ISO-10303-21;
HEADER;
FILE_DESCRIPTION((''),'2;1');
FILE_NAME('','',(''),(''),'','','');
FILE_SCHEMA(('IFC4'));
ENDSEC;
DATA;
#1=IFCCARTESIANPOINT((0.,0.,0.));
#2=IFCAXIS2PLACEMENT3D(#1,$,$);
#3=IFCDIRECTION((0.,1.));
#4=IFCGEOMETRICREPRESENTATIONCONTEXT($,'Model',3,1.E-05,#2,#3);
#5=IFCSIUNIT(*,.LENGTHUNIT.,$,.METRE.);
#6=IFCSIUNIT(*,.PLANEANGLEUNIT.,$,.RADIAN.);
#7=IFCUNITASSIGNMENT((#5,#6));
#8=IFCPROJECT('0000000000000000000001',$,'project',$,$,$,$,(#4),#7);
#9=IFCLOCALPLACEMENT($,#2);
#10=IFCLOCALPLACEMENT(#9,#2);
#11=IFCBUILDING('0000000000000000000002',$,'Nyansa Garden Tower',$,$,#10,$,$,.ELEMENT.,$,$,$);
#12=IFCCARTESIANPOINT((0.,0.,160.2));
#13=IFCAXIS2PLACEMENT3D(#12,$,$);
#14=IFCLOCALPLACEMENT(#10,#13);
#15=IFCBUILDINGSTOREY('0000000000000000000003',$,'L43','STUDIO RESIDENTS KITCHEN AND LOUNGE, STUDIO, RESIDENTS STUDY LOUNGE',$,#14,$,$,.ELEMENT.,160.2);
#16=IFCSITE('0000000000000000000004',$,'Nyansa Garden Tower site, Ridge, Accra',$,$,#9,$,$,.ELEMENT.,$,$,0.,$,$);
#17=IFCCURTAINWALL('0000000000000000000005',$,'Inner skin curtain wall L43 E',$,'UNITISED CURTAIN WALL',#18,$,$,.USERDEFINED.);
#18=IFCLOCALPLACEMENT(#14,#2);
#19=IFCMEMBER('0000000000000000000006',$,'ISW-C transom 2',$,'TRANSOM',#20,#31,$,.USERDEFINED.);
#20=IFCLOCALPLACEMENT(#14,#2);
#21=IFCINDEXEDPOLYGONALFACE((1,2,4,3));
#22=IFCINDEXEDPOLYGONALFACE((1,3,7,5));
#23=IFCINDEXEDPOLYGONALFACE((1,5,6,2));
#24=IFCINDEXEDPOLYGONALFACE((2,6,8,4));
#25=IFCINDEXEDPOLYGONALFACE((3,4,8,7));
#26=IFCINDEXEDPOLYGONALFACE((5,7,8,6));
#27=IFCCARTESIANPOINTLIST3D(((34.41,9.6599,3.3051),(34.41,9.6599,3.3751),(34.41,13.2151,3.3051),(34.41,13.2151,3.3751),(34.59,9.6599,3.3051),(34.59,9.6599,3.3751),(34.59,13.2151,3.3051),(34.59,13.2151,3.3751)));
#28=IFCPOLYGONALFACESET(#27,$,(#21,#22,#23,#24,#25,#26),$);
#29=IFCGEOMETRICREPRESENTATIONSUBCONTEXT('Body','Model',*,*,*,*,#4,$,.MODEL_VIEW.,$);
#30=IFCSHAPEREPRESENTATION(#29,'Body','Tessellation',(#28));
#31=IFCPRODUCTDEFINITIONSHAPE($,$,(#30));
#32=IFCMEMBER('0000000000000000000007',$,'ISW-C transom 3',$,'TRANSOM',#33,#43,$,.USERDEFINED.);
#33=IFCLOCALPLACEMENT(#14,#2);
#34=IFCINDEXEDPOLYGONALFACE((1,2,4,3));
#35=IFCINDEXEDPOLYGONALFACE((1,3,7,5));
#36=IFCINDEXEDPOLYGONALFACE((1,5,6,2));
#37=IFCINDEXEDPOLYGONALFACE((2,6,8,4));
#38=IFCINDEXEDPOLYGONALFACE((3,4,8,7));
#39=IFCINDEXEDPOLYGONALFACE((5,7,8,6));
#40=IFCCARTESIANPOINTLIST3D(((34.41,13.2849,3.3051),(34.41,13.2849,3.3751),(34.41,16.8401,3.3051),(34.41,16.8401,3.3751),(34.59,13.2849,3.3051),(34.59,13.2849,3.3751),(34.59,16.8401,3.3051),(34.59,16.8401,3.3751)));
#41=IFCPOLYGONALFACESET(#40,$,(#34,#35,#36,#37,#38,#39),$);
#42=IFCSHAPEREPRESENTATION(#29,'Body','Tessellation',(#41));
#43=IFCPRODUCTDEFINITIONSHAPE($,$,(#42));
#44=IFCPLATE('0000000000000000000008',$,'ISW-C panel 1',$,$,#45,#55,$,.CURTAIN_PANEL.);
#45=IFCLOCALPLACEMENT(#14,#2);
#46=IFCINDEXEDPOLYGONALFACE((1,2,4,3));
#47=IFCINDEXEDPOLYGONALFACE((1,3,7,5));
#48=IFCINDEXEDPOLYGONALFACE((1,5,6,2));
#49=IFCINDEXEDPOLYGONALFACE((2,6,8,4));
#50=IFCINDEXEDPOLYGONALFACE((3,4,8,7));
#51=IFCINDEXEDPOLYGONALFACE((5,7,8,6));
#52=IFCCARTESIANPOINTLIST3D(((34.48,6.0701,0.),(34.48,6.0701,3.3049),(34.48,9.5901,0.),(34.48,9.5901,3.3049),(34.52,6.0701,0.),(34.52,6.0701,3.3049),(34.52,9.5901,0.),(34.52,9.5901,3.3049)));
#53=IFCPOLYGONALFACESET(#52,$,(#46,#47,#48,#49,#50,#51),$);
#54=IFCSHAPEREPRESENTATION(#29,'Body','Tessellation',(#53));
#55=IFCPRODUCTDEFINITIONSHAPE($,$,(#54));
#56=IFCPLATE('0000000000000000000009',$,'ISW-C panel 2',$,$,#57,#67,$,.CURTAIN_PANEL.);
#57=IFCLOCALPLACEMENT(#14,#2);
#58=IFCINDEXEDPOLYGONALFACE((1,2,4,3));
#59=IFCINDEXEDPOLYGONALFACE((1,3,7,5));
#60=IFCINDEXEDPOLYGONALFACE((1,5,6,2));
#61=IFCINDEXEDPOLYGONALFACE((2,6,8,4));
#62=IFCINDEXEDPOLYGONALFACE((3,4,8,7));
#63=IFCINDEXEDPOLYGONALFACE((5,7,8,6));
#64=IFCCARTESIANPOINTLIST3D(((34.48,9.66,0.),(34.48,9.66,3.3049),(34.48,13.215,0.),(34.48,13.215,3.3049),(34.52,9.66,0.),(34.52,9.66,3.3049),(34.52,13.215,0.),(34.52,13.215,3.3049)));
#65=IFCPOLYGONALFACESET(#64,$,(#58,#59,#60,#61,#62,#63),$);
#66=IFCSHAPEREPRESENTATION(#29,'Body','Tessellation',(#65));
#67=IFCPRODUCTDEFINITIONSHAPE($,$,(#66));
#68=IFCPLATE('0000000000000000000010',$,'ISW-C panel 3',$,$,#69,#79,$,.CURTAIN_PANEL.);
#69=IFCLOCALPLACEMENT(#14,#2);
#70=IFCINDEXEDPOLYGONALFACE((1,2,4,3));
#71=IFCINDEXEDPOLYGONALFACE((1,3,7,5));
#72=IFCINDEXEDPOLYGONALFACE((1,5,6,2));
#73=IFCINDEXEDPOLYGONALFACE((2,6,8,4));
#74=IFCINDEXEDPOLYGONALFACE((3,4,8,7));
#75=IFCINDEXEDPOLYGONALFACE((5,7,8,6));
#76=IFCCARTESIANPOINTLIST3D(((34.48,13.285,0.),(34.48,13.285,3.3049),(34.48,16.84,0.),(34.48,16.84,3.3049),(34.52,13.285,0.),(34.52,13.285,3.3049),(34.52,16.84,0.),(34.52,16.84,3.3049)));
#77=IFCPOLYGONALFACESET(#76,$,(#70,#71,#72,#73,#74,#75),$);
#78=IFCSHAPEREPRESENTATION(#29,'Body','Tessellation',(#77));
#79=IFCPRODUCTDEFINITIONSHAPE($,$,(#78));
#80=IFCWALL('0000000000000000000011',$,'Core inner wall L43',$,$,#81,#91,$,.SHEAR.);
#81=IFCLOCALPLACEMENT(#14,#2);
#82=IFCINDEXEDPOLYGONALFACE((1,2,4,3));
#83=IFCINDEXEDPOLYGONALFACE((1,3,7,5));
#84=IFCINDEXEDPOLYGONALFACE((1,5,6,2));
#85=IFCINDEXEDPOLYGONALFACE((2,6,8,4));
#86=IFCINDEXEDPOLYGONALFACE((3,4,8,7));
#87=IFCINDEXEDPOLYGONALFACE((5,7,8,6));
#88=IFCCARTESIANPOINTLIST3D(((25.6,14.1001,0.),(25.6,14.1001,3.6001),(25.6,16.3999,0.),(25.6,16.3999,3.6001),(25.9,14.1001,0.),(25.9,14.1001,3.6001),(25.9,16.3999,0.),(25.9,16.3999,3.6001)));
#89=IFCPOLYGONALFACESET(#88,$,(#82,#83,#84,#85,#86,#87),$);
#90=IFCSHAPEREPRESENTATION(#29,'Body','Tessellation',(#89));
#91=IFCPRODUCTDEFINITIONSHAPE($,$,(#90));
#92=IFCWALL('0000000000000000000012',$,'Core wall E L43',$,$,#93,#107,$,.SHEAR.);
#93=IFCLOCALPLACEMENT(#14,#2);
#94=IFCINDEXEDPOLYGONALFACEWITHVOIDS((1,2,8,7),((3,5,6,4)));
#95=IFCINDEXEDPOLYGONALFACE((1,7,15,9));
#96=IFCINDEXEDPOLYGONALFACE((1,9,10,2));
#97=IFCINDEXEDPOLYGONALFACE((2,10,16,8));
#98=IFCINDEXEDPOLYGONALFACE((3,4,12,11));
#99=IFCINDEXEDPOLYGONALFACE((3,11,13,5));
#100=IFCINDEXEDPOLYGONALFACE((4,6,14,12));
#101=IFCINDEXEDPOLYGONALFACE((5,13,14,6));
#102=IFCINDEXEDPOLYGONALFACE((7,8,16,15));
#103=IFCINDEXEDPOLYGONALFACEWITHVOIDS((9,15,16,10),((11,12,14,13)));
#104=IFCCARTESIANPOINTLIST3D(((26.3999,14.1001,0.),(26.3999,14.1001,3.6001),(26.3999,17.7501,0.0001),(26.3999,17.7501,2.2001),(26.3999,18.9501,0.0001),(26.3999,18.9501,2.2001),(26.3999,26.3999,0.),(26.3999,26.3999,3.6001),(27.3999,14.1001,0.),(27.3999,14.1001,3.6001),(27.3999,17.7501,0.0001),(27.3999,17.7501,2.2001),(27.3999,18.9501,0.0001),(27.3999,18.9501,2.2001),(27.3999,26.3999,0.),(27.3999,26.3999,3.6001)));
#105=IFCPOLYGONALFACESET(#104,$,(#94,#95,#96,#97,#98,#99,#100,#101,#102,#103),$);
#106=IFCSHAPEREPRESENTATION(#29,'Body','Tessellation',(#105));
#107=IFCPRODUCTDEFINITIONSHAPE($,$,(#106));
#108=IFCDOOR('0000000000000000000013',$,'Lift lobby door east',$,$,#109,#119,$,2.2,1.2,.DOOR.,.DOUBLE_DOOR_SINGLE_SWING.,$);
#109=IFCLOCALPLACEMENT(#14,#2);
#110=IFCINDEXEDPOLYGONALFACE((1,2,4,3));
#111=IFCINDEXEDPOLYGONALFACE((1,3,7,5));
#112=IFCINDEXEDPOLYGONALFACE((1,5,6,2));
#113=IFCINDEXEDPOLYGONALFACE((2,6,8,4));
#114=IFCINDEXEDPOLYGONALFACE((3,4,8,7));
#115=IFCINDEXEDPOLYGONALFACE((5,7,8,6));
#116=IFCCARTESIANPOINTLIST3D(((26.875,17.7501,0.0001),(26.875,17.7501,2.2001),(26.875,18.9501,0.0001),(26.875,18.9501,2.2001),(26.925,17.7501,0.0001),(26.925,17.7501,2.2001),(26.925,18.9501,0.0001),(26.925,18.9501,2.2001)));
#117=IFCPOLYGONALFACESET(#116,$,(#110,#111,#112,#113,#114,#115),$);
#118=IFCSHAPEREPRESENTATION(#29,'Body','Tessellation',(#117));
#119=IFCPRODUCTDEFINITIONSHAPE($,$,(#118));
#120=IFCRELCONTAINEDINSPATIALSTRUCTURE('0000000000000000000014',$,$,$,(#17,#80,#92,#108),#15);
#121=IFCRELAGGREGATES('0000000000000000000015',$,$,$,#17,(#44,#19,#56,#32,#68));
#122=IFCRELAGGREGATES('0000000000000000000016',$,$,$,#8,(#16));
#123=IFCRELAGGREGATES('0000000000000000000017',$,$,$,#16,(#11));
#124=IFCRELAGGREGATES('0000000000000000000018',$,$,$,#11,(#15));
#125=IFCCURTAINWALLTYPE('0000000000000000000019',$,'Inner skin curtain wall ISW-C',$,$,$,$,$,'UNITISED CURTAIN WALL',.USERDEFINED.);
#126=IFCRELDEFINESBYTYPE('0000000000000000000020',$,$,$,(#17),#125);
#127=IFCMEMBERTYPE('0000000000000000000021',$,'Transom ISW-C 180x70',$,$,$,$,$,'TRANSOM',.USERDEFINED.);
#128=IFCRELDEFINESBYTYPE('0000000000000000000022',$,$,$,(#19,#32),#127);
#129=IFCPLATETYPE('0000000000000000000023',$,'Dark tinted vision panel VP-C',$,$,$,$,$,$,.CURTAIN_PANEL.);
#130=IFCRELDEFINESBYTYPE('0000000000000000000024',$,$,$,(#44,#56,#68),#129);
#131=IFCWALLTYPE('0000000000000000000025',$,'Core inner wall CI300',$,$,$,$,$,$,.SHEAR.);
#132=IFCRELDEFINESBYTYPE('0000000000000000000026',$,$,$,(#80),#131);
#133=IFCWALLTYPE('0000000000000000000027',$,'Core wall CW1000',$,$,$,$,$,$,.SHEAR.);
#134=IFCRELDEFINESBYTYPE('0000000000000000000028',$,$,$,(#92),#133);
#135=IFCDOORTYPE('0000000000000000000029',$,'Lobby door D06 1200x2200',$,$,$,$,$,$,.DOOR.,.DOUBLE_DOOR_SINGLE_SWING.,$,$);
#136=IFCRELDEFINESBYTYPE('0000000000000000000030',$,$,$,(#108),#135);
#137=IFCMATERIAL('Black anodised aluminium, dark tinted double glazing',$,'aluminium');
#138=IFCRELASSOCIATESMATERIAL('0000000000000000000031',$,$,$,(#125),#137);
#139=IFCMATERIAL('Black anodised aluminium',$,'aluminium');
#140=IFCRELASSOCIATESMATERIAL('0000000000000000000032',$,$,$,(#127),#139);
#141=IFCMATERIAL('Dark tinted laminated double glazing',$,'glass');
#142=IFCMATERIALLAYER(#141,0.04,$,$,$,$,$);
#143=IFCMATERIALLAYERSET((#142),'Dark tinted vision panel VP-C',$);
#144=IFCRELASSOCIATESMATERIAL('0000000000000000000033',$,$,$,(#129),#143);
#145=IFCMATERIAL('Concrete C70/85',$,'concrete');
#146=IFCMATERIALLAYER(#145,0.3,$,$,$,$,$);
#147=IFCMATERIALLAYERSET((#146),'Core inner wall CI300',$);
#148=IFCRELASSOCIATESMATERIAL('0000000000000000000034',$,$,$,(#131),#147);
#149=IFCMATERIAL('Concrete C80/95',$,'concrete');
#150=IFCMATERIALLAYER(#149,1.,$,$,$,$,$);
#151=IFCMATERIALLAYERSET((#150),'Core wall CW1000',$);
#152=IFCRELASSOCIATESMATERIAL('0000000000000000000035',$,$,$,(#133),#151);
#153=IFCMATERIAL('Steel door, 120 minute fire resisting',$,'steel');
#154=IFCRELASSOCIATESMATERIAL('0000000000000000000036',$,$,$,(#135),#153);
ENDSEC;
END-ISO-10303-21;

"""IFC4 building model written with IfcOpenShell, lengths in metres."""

from ifc_helpers import new_model, si_unit, direction, frame, frame_2d, origin, origin_2d, place, context, subcontext, project, spatial, rectangle, extrude, material, layer, layer_set, material_profile, profile_set, type_object, element, fill, aggregate, save


model = new_model("IFC4")

# Units and contexts
model_context = context("Model", 3, precision=1e-05, world=origin(), true_north=direction((0.0, 1.0)))
body_context = subcontext(model_context, "Body", "Model", "MODEL_VIEW")
ifc_project = project(units=[si_unit("LENGTHUNIT", "METRE"), si_unit("PLANEANGLEUNIT", "RADIAN")], contexts=[model_context])

# Site, building, storey
site_placement = place(None, origin())
site = spatial("IfcSite", under=ifc_project, at=site_placement, Name="Nyansa Garden Tower site, Ridge, Accra", CompositionType="ELEMENT", RefElevation=0.0)
building_placement = place(site_placement, origin())
building = spatial("IfcBuilding", under=site, at=building_placement, Name="Nyansa Garden Tower", CompositionType="ELEMENT")
storey_placement = place(building_placement, frame((0.0, 0.0, 160.2)))
storey = spatial("IfcBuildingStorey", under=building, at=storey_placement, Name="L43", Description="STUDIO RESIDENTS KITCHEN AND LOUNGE, STUDIO, RESIDENTS STUDY LOUNGE", CompositionType="ELEMENT", Elevation=160.2)

# Curtain wall
ifc_material_1 = material(Name="Black anodised aluminium, dark tinted double glazing", Category="aluminium")
curtain_wall_type = type_object("IfcCurtainWallType", Name="Inner skin curtain wall ISW-C", ElementType="UNITISED CURTAIN WALL", PredefinedType="USERDEFINED", material=ifc_material_1)
curtain_wall_placement = place(storey_placement, origin())
curtain_wall = element("IfcCurtainWall", 1, at=curtain_wall_placement, inside=storey, type_object=curtain_wall_type, Name="Inner skin curtain wall L43 E", ObjectType="UNITISED CURTAIN WALL", PredefinedType="USERDEFINED")

# Members
ifc_material_2 = material(Name="Black anodised aluminium", Category="aluminium")
ifc_material_profile_1 = material_profile(ifc_material_2, rectangle(XDim=0.1799, YDim=0.0701, at=origin_2d()), Name="Transom 180x70")
ifc_profile_set_1 = profile_set([ifc_material_profile_1], Name="Black anodised aluminium")
member_type_1 = type_object("IfcMemberType", Name="Transom ISW-C 180x70", ElementType="TRANSOM", PredefinedType="USERDEFINED", material=ifc_profile_set_1)
member_1_placement = place(storey_placement, frame((34.5, 9.6599, 3.3401), z_axis=(0.0, 1.0, 0.0), x_axis=(-1.0, 0.0, 0.0)))
member_1 = element("IfcMember", 2, at=member_1_placement, type_object=member_type_1, Name="ISW-C transom 2", ObjectType="TRANSOM", PredefinedType="USERDEFINED", context=body_context, shape_type="SweptSolid", body=[
    extrude(rectangle(XDim=0.1799, YDim=0.0701, at=origin_2d()), origin(), (0.0, 0.0, 1.0), 3.5552),
])
member_2_placement = place(storey_placement, frame((34.5, 13.2849, 3.3401), z_axis=(0.0, 1.0, 0.0), x_axis=(-1.0, 0.0, 0.0)))
member_2 = element("IfcMember", 3, at=member_2_placement, type_object=member_type_1, Name="ISW-C transom 3", ObjectType="TRANSOM", PredefinedType="USERDEFINED", context=body_context, shape_type="SweptSolid", body=[
    extrude(rectangle(XDim=0.1799, YDim=0.0701, at=origin_2d()), origin(), (0.0, 0.0, 1.0), 3.5552),
])

# Plates
ifc_material_3 = material(Name="Dark tinted laminated double glazing", Category="glass")
ifc_layer_1 = layer(ifc_material_3, 0.04)
ifc_layer_set_1 = layer_set([ifc_layer_1], Name="Dark tinted vision panel VP-C")
plate_type = type_object("IfcPlateType", Name="Dark tinted vision panel VP-C", PredefinedType="CURTAIN_PANEL", material=ifc_layer_set_1)
plate_1_placement = place(storey_placement, frame((34.5, 7.8301, 0.0), z_axis=(0.0, 0.0, 1.0), x_axis=(0.0, 1.0, 0.0)))
plate_1 = element("IfcPlate", 4, at=plate_1_placement, type_object=plate_type, Name="ISW-C panel 1", PredefinedType="CURTAIN_PANEL", context=body_context, shape_type="SweptSolid", body=[
    extrude(rectangle(XDim=3.52, YDim=0.04, at=origin_2d()), origin(), (0.0, 0.0, 1.0), 3.3049),
])
plate_2_placement = place(storey_placement, frame((34.5, 11.4375, 0.0), z_axis=(0.0, 0.0, 1.0), x_axis=(0.0, 1.0, 0.0)))
plate_2 = element("IfcPlate", 5, at=plate_2_placement, type_object=plate_type, Name="ISW-C panel 2", PredefinedType="CURTAIN_PANEL", context=body_context, shape_type="SweptSolid", body=[
    extrude(rectangle(XDim=3.5549, YDim=0.04, at=origin_2d()), origin(), (0.0, 0.0, 1.0), 3.3049),
])
plate_3_placement = place(storey_placement, frame((34.5, 15.0625, 0.0), z_axis=(0.0, 0.0, 1.0), x_axis=(0.0, 1.0, 0.0)))
plate_3 = element("IfcPlate", 6, at=plate_3_placement, type_object=plate_type, Name="ISW-C panel 3", PredefinedType="CURTAIN_PANEL", context=body_context, shape_type="SweptSolid", body=[
    extrude(rectangle(XDim=3.5549, YDim=0.04, at=origin_2d()), origin(), (0.0, 0.0, 1.0), 3.3049),
])
aggregate(curtain_wall, [plate_1, member_1, plate_2, member_2, plate_3])

# Wall
ifc_material_4 = material(Name="Concrete C70/85", Category="concrete")
ifc_layer_2 = layer(ifc_material_4, 0.3)
ifc_layer_set_2 = layer_set([ifc_layer_2], Name="Core inner wall CI300")
wall_type_1 = type_object("IfcWallType", Name="Core inner wall CI300", PredefinedType="SHEAR", material=ifc_layer_set_2)
wall_1_placement = place(storey_placement, frame((25.75, 14.1001, 0.0), z_axis=(0.0, 0.0, 1.0), x_axis=(0.0, 1.0, 0.0)))
element("IfcWall", 7, at=wall_1_placement, inside=storey, type_object=wall_type_1, Name="Core inner wall L43", PredefinedType="SHEAR", context=body_context, shape_type="SweptSolid", body=[
    extrude(rectangle(XDim=2.2998, YDim=0.3, at=frame_2d((1.1499, 0.0))), origin(), (0.0, 0.0, 1.0), 3.6001),
])

# Wall, opening, door
ifc_material_5 = material(Name="Concrete C80/95", Category="concrete")
ifc_layer_3 = layer(ifc_material_5, 1.0)
ifc_layer_set_3 = layer_set([ifc_layer_3], Name="Core wall CW1000")
wall_type_2 = type_object("IfcWallType", Name="Core wall CW1000", PredefinedType="SHEAR", material=ifc_layer_set_3)
wall_2_placement = place(storey_placement, frame((26.8999, 14.1001, 0.0), z_axis=(0.0, 0.0, 1.0), x_axis=(0.0, 1.0, 0.0)))
wall_2 = element("IfcWall", 8, at=wall_2_placement, inside=storey, type_object=wall_type_2, Name="Core wall E L43", PredefinedType="SHEAR", context=body_context, shape_type="SweptSolid", body=[
    extrude(rectangle(XDim=12.2998, YDim=1.0, at=frame_2d((6.1499, 0.0))), origin(), (0.0, 0.0, 1.0), 3.6001),
])
opening_1_placement = place(wall_2_placement, frame((3.6499, 0.0, 0.0)))
opening_1 = element("IfcOpeningElement", 9, at=opening_1_placement, cuts=wall_2, PredefinedType="OPENING", context=body_context, shape_type="SweptSolid", body=[
    extrude(rectangle(XDim=1.2, YDim=2.2, at=frame_2d((0.6001, 1.1001))), frame((0.0, 0.51, 0.0), z_axis=(0.0, -1.0, 0.0), x_axis=(1.0, 0.0, 0.0)), (0.0, 0.0, 1.0), 1.02),
])
ifc_material_6 = material(Name="Steel door, 120 minute fire resisting", Category="steel")
door_type_1 = type_object("IfcDoorType", Name="Lobby door D06 1200x2200", OperationType="DOUBLE_DOOR_SINGLE_SWING", PredefinedType="DOOR", material=ifc_material_6)
door_1_placement = place(opening_1_placement, origin())
door_1 = element("IfcDoor", 10, at=door_1_placement, inside=storey, type_object=door_type_1, Name="Lift lobby door east", OperationType="DOUBLE_DOOR_SINGLE_SWING", OverallHeight=2.2, OverallWidth=1.2, PredefinedType="DOOR", context=body_context, shape_type="SweptSolid", body=[
    extrude(rectangle(XDim=1.2, YDim=2.2, at=frame_2d((0.6001, 1.1001))), frame((0.0, 0.0249, 0.0), z_axis=(0.0, -1.0, 0.0), x_axis=(1.0, 0.0, 0.0)), (0.0, 0.0, 1.0), 0.05),
])
fill(opening_1, door_1)

save(model, "model.ifc")
